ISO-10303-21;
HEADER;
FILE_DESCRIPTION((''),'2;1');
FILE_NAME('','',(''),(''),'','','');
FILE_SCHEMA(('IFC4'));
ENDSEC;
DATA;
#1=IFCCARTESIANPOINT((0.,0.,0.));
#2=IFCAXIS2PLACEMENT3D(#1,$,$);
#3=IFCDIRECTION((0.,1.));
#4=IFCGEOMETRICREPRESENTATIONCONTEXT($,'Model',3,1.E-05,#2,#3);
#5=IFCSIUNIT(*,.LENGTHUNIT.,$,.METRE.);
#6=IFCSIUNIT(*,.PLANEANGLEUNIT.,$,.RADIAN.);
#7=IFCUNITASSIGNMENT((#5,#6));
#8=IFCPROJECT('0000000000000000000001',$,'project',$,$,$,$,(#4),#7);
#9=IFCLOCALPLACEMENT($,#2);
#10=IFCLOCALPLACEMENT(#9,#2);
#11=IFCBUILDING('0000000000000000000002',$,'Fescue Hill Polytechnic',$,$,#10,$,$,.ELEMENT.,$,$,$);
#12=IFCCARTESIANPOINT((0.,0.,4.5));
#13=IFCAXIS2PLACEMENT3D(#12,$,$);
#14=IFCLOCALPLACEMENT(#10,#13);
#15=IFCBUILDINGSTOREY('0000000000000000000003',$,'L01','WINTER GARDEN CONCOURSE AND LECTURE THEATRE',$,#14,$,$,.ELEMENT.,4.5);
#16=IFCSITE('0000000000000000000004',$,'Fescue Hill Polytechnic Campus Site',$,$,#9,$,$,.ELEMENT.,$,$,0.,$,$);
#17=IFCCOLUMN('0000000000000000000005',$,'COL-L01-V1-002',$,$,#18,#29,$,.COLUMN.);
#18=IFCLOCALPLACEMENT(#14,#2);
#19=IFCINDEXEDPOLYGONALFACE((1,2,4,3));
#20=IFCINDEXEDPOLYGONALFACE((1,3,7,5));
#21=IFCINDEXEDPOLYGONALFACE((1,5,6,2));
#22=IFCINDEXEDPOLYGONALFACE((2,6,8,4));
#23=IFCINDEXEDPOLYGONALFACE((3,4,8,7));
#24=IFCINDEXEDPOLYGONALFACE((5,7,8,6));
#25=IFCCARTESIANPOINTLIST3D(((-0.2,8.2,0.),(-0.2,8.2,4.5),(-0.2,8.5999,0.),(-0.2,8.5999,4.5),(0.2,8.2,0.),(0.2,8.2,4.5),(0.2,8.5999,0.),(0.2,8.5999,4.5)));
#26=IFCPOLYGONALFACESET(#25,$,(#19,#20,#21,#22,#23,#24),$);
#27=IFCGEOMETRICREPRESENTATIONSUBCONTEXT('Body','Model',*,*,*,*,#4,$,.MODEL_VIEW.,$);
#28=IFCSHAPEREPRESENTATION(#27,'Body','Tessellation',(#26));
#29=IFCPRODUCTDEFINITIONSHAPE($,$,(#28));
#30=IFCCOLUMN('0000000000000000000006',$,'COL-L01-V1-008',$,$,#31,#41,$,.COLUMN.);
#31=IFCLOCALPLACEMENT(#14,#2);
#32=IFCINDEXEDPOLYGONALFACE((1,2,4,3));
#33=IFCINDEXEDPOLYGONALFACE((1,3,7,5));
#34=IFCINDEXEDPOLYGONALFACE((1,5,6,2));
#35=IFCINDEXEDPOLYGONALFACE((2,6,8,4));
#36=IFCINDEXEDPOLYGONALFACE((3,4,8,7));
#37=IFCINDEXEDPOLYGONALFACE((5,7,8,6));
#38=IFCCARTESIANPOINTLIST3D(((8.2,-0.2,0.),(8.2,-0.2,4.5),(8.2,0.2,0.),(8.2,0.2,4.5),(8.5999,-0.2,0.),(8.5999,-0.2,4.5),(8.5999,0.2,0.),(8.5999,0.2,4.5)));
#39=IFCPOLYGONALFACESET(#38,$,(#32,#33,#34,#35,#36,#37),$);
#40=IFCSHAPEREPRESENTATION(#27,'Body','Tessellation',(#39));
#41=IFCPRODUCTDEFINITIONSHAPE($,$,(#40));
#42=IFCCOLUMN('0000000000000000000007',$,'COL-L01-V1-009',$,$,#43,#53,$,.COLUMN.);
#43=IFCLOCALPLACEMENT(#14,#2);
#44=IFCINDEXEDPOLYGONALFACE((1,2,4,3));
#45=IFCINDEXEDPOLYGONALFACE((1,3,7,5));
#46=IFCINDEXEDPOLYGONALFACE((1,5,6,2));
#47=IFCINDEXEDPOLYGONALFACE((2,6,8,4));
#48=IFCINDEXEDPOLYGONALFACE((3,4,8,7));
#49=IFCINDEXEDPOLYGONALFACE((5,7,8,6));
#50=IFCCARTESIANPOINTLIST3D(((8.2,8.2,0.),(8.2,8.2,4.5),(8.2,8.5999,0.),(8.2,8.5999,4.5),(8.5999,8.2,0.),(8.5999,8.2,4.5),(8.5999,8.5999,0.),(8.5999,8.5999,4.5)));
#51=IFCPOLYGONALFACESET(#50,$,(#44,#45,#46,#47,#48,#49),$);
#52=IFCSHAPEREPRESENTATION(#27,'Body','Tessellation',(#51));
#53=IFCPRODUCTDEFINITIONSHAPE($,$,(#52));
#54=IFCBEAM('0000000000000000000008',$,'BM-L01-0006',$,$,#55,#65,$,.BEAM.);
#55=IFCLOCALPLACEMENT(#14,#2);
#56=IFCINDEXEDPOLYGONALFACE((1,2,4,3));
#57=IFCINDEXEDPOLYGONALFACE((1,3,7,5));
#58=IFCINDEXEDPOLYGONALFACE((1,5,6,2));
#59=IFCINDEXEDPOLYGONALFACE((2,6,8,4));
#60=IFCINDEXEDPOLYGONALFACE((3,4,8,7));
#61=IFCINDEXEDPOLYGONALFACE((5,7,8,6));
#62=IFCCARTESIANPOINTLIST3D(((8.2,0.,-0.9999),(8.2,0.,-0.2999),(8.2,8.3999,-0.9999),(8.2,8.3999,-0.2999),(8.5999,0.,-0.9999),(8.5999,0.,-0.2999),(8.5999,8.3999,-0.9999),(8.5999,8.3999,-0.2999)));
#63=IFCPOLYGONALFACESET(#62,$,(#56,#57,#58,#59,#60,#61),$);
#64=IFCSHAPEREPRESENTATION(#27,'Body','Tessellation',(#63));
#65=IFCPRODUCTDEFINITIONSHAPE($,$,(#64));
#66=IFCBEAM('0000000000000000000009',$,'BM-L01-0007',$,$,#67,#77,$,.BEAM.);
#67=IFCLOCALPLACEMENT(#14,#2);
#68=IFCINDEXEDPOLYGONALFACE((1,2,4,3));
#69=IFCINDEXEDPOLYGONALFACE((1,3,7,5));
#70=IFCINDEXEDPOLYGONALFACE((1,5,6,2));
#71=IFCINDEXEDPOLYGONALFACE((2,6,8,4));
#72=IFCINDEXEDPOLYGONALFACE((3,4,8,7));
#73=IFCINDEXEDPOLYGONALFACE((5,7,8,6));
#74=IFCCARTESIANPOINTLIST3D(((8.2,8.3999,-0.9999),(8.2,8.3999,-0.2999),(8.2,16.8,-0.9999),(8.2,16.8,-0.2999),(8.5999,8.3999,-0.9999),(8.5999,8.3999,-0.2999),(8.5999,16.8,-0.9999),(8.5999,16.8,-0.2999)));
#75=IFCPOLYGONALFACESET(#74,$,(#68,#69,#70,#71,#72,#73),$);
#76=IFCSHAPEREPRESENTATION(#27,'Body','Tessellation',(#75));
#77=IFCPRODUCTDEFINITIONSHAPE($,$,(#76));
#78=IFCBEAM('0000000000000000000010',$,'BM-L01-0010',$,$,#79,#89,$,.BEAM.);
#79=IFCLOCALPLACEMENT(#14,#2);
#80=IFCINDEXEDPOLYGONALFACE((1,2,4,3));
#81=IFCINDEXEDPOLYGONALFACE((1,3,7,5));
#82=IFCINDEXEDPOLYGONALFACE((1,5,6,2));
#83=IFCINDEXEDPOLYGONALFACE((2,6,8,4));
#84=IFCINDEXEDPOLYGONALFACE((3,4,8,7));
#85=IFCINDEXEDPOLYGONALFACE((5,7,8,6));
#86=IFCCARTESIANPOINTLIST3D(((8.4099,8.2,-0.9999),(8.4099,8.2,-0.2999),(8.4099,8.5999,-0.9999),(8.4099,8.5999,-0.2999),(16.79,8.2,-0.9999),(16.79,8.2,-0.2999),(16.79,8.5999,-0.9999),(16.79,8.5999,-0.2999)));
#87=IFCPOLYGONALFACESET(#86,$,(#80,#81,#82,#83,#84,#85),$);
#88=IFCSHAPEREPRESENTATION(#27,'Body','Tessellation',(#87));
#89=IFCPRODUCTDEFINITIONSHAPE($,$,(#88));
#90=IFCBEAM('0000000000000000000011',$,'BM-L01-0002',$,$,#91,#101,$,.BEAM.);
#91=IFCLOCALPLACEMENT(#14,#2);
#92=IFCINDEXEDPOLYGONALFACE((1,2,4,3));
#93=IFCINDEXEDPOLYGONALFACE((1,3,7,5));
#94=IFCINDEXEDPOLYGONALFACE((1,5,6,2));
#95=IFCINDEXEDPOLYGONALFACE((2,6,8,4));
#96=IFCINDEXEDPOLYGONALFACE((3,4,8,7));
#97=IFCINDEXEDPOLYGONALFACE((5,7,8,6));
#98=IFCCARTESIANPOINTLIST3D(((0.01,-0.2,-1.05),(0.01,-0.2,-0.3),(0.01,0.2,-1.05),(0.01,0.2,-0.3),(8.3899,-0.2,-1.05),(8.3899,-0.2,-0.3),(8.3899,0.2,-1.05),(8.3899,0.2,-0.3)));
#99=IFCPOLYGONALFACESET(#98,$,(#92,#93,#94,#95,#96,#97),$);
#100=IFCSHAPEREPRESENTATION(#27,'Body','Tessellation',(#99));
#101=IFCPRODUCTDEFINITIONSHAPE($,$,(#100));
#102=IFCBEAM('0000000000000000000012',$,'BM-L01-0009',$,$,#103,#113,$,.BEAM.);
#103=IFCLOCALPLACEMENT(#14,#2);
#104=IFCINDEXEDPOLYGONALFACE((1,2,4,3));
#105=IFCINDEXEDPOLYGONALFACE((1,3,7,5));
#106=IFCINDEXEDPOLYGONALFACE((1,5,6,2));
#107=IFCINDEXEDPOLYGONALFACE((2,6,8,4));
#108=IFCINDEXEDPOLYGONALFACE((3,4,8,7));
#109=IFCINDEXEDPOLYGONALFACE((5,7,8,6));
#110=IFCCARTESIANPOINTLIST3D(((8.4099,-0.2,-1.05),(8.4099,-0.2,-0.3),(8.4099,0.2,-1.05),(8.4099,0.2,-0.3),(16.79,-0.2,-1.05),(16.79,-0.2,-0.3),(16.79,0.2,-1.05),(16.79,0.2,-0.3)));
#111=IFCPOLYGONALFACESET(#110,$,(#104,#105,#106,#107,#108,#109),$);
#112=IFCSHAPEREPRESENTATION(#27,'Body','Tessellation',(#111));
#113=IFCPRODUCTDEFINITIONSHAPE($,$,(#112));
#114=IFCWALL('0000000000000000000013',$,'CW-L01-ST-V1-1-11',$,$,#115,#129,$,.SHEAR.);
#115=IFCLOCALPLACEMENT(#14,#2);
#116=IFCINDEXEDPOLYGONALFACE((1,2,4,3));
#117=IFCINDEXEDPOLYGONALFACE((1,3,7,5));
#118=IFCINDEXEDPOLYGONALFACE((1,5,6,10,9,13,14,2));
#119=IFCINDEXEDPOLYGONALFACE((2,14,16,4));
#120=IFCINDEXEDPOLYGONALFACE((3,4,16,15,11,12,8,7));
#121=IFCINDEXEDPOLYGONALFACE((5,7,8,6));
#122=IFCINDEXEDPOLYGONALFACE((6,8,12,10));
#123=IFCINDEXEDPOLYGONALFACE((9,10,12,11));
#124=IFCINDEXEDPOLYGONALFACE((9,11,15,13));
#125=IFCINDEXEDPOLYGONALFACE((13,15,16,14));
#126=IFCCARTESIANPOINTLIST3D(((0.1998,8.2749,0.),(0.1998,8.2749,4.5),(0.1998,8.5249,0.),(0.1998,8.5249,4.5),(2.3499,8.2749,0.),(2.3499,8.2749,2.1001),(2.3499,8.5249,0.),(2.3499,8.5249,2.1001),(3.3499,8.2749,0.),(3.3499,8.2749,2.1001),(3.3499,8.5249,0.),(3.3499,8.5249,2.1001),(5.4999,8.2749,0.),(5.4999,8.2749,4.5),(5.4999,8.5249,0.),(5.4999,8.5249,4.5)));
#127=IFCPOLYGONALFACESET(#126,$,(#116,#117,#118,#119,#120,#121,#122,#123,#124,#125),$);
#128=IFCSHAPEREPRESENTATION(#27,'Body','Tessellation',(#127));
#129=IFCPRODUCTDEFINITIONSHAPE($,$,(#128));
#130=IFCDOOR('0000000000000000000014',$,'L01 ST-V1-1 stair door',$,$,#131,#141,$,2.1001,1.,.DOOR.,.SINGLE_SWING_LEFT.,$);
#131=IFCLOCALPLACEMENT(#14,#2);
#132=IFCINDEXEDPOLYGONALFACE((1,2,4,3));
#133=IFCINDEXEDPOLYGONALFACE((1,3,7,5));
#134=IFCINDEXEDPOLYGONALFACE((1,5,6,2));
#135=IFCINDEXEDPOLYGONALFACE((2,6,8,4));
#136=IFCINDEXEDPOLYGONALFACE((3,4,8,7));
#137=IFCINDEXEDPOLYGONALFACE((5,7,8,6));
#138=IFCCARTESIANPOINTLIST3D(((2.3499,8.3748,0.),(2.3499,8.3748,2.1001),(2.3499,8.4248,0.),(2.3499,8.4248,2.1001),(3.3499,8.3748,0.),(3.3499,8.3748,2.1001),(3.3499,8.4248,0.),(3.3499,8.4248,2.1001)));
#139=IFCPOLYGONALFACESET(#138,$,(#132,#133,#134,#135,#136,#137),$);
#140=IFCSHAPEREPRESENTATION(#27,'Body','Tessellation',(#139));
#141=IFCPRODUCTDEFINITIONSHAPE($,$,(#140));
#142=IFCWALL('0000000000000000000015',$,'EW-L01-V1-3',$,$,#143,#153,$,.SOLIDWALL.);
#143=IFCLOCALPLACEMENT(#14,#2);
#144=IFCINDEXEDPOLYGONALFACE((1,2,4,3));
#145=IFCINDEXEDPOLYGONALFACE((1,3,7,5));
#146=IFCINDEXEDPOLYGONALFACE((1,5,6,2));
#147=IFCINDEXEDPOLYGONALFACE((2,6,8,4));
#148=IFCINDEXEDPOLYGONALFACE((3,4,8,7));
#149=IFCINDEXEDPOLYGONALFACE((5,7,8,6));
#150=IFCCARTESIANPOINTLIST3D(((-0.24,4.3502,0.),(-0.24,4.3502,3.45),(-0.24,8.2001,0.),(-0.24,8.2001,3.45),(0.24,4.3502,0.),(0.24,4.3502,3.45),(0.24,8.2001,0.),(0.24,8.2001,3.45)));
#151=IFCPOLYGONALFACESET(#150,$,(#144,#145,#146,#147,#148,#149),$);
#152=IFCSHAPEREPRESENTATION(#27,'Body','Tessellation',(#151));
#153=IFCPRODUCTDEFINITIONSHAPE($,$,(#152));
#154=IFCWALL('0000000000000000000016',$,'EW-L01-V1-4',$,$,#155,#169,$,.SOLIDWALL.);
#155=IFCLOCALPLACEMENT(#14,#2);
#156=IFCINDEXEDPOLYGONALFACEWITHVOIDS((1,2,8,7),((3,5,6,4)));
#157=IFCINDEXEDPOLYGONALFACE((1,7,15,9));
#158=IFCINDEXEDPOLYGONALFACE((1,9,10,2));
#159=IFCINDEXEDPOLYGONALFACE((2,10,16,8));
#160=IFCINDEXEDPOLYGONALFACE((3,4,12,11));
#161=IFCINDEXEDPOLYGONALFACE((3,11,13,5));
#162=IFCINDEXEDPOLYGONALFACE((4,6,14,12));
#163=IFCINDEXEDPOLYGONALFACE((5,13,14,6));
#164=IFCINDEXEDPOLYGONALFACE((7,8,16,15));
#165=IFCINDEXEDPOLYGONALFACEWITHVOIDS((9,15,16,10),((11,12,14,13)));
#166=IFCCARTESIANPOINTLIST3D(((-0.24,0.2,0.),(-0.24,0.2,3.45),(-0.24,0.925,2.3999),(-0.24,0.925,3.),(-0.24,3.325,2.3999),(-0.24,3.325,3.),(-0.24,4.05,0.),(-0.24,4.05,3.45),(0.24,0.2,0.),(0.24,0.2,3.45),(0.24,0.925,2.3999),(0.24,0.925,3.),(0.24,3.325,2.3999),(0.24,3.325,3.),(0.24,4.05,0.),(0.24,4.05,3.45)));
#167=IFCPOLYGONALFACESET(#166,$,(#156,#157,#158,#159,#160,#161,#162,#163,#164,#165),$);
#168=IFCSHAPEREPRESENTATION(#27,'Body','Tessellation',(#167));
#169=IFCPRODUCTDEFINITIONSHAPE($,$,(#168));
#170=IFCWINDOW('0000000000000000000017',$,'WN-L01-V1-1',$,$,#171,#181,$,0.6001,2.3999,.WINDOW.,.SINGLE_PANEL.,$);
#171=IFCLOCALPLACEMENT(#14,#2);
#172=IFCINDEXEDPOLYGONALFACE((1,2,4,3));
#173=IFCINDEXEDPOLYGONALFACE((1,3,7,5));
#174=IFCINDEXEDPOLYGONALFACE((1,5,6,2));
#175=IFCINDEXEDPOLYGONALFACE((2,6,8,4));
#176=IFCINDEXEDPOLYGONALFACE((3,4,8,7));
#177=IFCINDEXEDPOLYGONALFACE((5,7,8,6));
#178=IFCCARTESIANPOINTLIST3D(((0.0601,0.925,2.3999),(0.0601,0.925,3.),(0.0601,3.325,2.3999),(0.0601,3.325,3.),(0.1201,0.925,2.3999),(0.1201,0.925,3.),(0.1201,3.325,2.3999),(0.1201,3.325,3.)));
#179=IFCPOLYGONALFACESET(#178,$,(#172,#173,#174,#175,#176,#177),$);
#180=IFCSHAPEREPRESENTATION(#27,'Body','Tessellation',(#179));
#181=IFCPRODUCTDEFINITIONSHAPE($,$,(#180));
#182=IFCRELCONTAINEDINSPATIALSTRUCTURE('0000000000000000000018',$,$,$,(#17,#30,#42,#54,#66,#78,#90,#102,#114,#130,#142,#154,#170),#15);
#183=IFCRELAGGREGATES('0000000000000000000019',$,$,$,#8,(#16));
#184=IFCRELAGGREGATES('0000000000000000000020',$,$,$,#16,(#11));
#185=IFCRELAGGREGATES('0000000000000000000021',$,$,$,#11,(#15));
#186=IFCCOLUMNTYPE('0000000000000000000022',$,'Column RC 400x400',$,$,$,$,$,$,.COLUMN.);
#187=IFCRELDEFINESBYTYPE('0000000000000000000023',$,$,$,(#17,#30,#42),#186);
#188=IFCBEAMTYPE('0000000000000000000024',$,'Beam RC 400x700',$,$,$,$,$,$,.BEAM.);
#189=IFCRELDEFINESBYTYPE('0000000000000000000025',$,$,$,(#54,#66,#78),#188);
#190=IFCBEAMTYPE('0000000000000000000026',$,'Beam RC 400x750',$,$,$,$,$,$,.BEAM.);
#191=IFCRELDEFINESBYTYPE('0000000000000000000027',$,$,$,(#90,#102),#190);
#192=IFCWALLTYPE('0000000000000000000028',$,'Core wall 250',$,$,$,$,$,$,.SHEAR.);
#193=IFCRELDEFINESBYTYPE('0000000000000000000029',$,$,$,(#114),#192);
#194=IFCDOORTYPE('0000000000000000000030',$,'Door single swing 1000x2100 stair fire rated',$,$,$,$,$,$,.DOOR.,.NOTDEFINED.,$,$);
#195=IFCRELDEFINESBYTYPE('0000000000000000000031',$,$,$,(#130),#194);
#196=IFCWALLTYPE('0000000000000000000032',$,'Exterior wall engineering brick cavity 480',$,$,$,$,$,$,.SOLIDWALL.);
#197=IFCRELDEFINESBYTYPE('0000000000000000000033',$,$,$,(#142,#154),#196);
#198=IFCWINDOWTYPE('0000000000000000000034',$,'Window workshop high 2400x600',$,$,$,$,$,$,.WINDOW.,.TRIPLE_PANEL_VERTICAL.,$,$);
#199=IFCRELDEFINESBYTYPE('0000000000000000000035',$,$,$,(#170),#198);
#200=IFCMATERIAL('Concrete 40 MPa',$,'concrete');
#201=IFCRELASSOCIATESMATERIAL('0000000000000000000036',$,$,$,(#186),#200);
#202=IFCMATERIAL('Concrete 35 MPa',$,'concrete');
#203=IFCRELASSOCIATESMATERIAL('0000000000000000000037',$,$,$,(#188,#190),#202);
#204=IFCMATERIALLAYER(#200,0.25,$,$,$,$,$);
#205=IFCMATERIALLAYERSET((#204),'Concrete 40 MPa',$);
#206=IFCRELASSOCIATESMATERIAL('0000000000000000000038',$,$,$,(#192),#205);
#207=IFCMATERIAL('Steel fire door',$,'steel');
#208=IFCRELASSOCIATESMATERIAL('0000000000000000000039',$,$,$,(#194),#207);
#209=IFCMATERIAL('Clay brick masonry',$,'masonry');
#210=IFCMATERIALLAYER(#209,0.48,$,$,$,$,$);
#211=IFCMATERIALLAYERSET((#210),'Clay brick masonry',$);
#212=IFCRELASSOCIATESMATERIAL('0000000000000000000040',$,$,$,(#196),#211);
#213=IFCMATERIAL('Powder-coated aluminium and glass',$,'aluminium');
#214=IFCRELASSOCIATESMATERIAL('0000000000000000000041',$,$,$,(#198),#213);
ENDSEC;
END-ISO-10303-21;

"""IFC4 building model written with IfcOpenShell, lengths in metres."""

from ifc_helpers import new_model, si_unit, direction, frame, frame_2d, origin, origin_2d, place, context, subcontext, project, spatial, rectangle, extrude, material, layer, layer_set, material_profile, profile_set, type_object, element, fill, save


model = new_model("IFC4")

# Units and contexts
model_context = context("Model", 3, precision=1e-05, world=origin(), true_north=direction((0.0, 1.0)))
body_context = subcontext(model_context, "Body", "Model", "MODEL_VIEW")
ifc_project = project(units=[si_unit("LENGTHUNIT", "METRE"), si_unit("PLANEANGLEUNIT", "RADIAN")], contexts=[model_context])

# Site, building, storey
site_placement = place(None, origin())
site = spatial("IfcSite", under=ifc_project, at=site_placement, Name="Fescue Hill Polytechnic Campus Site", CompositionType="ELEMENT", RefElevation=0.0)
building_placement = place(site_placement, origin())
building = spatial("IfcBuilding", under=site, at=building_placement, Name="Fescue Hill Polytechnic", CompositionType="ELEMENT")
storey_placement = place(building_placement, frame((0.0, 0.0, 4.5)))
storey = spatial("IfcBuildingStorey", under=building, at=storey_placement, Name="L01", Description="WINTER GARDEN CONCOURSE AND LECTURE THEATRE", CompositionType="ELEMENT", Elevation=4.5)

# Columns
ifc_material_1 = material(Name="Concrete 40 MPa", Category="concrete")
ifc_material_profile_1 = material_profile(ifc_material_1, rectangle(XDim=0.3999, YDim=0.3999, at=origin_2d()), Name="RC 400x400")
ifc_profile_set_1 = profile_set([ifc_material_profile_1], Name="Concrete 40 MPa")
column_type = type_object("IfcColumnType", Name="Column RC 400x400", PredefinedType="COLUMN", material=ifc_profile_set_1)
for number, where, z_axis, x_axis, name in (
    (1, (0.0, 8.3999, 0.0), (0.0, 0.0, 1.0), (1.0, 0.0, 0.0), "COL-L01-V1-002"),
    (2, (8.3999, 0.0, 0.0), (0.0, 0.0, 1.0), (1.0, 0.0, 0.0), "COL-L01-V1-008"),
    (3, (8.3999, 8.3999, 0.0), (0.0, 0.0, 1.0), (1.0, 0.0, 0.0), "COL-L01-V1-009"),
):
    element("IfcColumn", number, at=place(storey_placement, frame(where, z_axis=z_axis, x_axis=x_axis)), inside=storey, type_object=column_type, Name=name, PredefinedType="COLUMN", context=body_context, shape_type="SweptSolid", body=[
        extrude(rectangle(XDim=0.3999, YDim=0.3999, at=origin_2d()), origin(), (0.0, 0.0, 1.0), 4.5),
    ])

# Beams
ifc_material_2 = material(Name="Concrete 35 MPa", Category="concrete")
ifc_material_profile_2 = material_profile(ifc_material_2, rectangle(XDim=0.3999, YDim=0.7, at=origin_2d()), Name="RC 400x700")
ifc_profile_set_2 = profile_set([ifc_material_profile_2], Name="Concrete 35 MPa")
beam_type_1 = type_object("IfcBeamType", Name="Beam RC 400x700", PredefinedType="BEAM", material=ifc_profile_set_2)
beam_1_placement = place(storey_placement, frame((8.3999, 0.0, -0.6499), z_axis=(0.0, 1.0, 0.0), x_axis=(-1.0, 0.0, 0.0)))
element("IfcBeam", 4, at=beam_1_placement, inside=storey, type_object=beam_type_1, Name="BM-L01-0006", PredefinedType="BEAM", context=body_context, shape_type="SweptSolid", body=[
    extrude(rectangle(XDim=0.3999, YDim=0.7, at=origin_2d()), origin(), (0.0, 0.0, 1.0), 8.3999),
])
beam_2_placement = place(storey_placement, frame((8.3999, 8.3999, -0.6499), z_axis=(0.0, 1.0, 0.0), x_axis=(-1.0, 0.0, 0.0)))
element("IfcBeam", 5, at=beam_2_placement, inside=storey, type_object=beam_type_1, Name="BM-L01-0007", PredefinedType="BEAM", context=body_context, shape_type="SweptSolid", body=[
    extrude(rectangle(XDim=0.3999, YDim=0.7, at=origin_2d()), origin(), (0.0, 0.0, 1.0), 8.4001),
])
beam_3_placement = place(storey_placement, frame((8.4099, 8.3999, -0.6499), z_axis=(1.0, 0.0, 0.0), x_axis=(0.0, 1.0, 0.0)))
element("IfcBeam", 6, at=beam_3_placement, inside=storey, type_object=beam_type_1, Name="BM-L01-0010", PredefinedType="BEAM", context=body_context, shape_type="SweptSolid", body=[
    extrude(rectangle(XDim=0.3999, YDim=0.7, at=origin_2d()), origin(), (0.0, 0.0, 1.0), 8.3801),
])
ifc_material_profile_3 = material_profile(ifc_material_2, rectangle(XDim=0.3999, YDim=0.75, at=origin_2d()), Name="RC 400x750")
ifc_profile_set_3 = profile_set([ifc_material_profile_3], Name="Concrete 35 MPa")
beam_type_2 = type_object("IfcBeamType", Name="Beam RC 400x750", PredefinedType="BEAM", material=ifc_profile_set_3)
beam_4_placement = place(storey_placement, frame((0.01, 0.0, -0.675), z_axis=(1.0, 0.0, 0.0), x_axis=(0.0, 1.0, 0.0)))
element("IfcBeam", 7, at=beam_4_placement, inside=storey, type_object=beam_type_2, Name="BM-L01-0002", PredefinedType="BEAM", context=body_context, shape_type="SweptSolid", body=[
    extrude(rectangle(XDim=0.3999, YDim=0.75, at=origin_2d()), origin(), (0.0, 0.0, 1.0), 8.3799),
])
beam_5_placement = place(storey_placement, frame((8.4099, 0.0, -0.675), z_axis=(1.0, 0.0, 0.0), x_axis=(0.0, 1.0, 0.0)))
element("IfcBeam", 8, at=beam_5_placement, inside=storey, type_object=beam_type_2, Name="BM-L01-0009", PredefinedType="BEAM", context=body_context, shape_type="SweptSolid", body=[
    extrude(rectangle(XDim=0.3999, YDim=0.75, at=origin_2d()), origin(), (0.0, 0.0, 1.0), 8.3801),
])

# Wall, opening, door
ifc_layer_1 = layer(ifc_material_1, 0.25)
ifc_layer_set_1 = layer_set([ifc_layer_1], Name="Concrete 40 MPa")
wall_type_1 = type_object("IfcWallType", Name="Core wall 250", PredefinedType="SHEAR", material=ifc_layer_set_1)
wall_1_placement = place(storey_placement, frame((0.2, 8.3999, 0.0), z_axis=(0.0, 0.0, 1.0), x_axis=(1.0, 0.0, 0.0)))
wall_1 = element("IfcWall", 9, at=wall_1_placement, inside=storey, type_object=wall_type_1, Name="CW-L01-ST-V1-1-11", PredefinedType="SHEAR", context=body_context, shape_type="SweptSolid", body=[
    extrude(rectangle(XDim=5.3, YDim=0.25, at=frame_2d((2.6499, 0.0))), origin(), (0.0, 0.0, 1.0), 4.5),
])
opening_1_placement = place(wall_1_placement, frame((2.1499, 0.0, 0.0)))
opening_1 = element("IfcOpeningElement", 10, at=opening_1_placement, cuts=wall_1, PredefinedType="OPENING", context=body_context, shape_type="SweptSolid", body=[
    extrude(rectangle(XDim=1.0, YDim=2.1001, at=frame_2d((0.5, 1.05))), frame((0.0, 0.135, 0.0), z_axis=(0.0, -1.0, 0.0), x_axis=(1.0, 0.0, 0.0)), (0.0, 0.0, 1.0), 0.27),
])
ifc_material_3 = material(Name="Steel fire door", Category="steel")
door_type_1 = type_object("IfcDoorType", Name="Door single swing 1000x2100 stair fire rated", OperationType="NOTDEFINED", PredefinedType="DOOR", material=ifc_material_3)
door_1_placement = place(opening_1_placement, origin())
door_1 = element("IfcDoor", 11, at=door_1_placement, inside=storey, type_object=door_type_1, Name="L01 ST-V1-1 stair door", OperationType="SINGLE_SWING_LEFT", OverallHeight=2.1001, OverallWidth=1.0, PredefinedType="DOOR", context=body_context, shape_type="SweptSolid", body=[
    extrude(rectangle(XDim=1.0, YDim=2.1001, at=frame_2d((0.5, 1.05))), frame((0.0, 0.0249, 0.0), z_axis=(0.0, -1.0, 0.0), x_axis=(1.0, 0.0, 0.0)), (0.0, 0.0, 1.0), 0.05),
])
fill(opening_1, door_1)

# Wall
ifc_material_4 = material(Name="Clay brick masonry", Category="masonry")
ifc_layer_2 = layer(ifc_material_4, 0.48)
ifc_layer_set_2 = layer_set([ifc_layer_2], Name="Clay brick masonry")
wall_type_2 = type_object("IfcWallType", Name="Exterior wall engineering brick cavity 480", PredefinedType="SOLIDWALL", material=ifc_layer_set_2)
wall_2_placement = place(storey_placement, frame((0.0, 8.2, 0.0), z_axis=(0.0, 0.0, 1.0), x_axis=(0.0, -1.0, 0.0)))
element("IfcWall", 12, at=wall_2_placement, inside=storey, type_object=wall_type_2, Name="EW-L01-V1-3", PredefinedType="SOLIDWALL", context=body_context, shape_type="SweptSolid", body=[
    extrude(rectangle(XDim=3.8499, YDim=0.48, at=frame_2d((1.9248, 0.0))), origin(), (0.0, 0.0, 1.0), 3.45),
])

# Wall, opening, window
wall_3_placement = place(storey_placement, frame((0.0, 4.05, 0.0), z_axis=(0.0, 0.0, 1.0), x_axis=(0.0, -1.0, 0.0)))
wall_3 = element("IfcWall", 13, at=wall_3_placement, inside=storey, type_object=wall_type_2, Name="EW-L01-V1-4", PredefinedType="SOLIDWALL", context=body_context, shape_type="SweptSolid", body=[
    extrude(rectangle(XDim=3.8501, YDim=0.48, at=frame_2d((1.925, 0.0))), origin(), (0.0, 0.0, 1.0), 3.45),
])
opening_2_placement = place(wall_3_placement, frame((0.7251, 0.0, 2.3999)))
opening_2 = element("IfcOpeningElement", 14, at=opening_2_placement, cuts=wall_3, PredefinedType="OPENING", context=body_context, shape_type="SweptSolid", body=[
    extrude(rectangle(XDim=2.3999, YDim=0.6001, at=frame_2d((1.2, 0.3))), frame((0.0, 0.25, 0.0), z_axis=(0.0, -1.0, 0.0), x_axis=(1.0, 0.0, 0.0)), (0.0, 0.0, 1.0), 0.5),
])
ifc_material_5 = material(Name="Powder-coated aluminium and glass", Category="aluminium")
window_type = type_object("IfcWindowType", Name="Window workshop high 2400x600", PartitioningType="TRIPLE_PANEL_VERTICAL", PredefinedType="WINDOW", material=ifc_material_5)
window_1_placement = place(opening_2_placement, origin())
window_1 = element("IfcWindow", 15, at=window_1_placement, inside=storey, type_object=window_type, Name="WN-L01-V1-1", OverallHeight=0.6001, OverallWidth=2.3999, PartitioningType="SINGLE_PANEL", PredefinedType="WINDOW", context=body_context, shape_type="SweptSolid", body=[
    extrude(rectangle(XDim=2.3999, YDim=0.6001, at=frame_2d((1.2, 0.3))), frame((0.0, 0.1201, 0.0), z_axis=(0.0, -1.0, 0.0), x_axis=(1.0, 0.0, 0.0)), (0.0, 0.0, 1.0), 0.0601),
])
fill(opening_2, window_1)

save(model, "model.ifc")
